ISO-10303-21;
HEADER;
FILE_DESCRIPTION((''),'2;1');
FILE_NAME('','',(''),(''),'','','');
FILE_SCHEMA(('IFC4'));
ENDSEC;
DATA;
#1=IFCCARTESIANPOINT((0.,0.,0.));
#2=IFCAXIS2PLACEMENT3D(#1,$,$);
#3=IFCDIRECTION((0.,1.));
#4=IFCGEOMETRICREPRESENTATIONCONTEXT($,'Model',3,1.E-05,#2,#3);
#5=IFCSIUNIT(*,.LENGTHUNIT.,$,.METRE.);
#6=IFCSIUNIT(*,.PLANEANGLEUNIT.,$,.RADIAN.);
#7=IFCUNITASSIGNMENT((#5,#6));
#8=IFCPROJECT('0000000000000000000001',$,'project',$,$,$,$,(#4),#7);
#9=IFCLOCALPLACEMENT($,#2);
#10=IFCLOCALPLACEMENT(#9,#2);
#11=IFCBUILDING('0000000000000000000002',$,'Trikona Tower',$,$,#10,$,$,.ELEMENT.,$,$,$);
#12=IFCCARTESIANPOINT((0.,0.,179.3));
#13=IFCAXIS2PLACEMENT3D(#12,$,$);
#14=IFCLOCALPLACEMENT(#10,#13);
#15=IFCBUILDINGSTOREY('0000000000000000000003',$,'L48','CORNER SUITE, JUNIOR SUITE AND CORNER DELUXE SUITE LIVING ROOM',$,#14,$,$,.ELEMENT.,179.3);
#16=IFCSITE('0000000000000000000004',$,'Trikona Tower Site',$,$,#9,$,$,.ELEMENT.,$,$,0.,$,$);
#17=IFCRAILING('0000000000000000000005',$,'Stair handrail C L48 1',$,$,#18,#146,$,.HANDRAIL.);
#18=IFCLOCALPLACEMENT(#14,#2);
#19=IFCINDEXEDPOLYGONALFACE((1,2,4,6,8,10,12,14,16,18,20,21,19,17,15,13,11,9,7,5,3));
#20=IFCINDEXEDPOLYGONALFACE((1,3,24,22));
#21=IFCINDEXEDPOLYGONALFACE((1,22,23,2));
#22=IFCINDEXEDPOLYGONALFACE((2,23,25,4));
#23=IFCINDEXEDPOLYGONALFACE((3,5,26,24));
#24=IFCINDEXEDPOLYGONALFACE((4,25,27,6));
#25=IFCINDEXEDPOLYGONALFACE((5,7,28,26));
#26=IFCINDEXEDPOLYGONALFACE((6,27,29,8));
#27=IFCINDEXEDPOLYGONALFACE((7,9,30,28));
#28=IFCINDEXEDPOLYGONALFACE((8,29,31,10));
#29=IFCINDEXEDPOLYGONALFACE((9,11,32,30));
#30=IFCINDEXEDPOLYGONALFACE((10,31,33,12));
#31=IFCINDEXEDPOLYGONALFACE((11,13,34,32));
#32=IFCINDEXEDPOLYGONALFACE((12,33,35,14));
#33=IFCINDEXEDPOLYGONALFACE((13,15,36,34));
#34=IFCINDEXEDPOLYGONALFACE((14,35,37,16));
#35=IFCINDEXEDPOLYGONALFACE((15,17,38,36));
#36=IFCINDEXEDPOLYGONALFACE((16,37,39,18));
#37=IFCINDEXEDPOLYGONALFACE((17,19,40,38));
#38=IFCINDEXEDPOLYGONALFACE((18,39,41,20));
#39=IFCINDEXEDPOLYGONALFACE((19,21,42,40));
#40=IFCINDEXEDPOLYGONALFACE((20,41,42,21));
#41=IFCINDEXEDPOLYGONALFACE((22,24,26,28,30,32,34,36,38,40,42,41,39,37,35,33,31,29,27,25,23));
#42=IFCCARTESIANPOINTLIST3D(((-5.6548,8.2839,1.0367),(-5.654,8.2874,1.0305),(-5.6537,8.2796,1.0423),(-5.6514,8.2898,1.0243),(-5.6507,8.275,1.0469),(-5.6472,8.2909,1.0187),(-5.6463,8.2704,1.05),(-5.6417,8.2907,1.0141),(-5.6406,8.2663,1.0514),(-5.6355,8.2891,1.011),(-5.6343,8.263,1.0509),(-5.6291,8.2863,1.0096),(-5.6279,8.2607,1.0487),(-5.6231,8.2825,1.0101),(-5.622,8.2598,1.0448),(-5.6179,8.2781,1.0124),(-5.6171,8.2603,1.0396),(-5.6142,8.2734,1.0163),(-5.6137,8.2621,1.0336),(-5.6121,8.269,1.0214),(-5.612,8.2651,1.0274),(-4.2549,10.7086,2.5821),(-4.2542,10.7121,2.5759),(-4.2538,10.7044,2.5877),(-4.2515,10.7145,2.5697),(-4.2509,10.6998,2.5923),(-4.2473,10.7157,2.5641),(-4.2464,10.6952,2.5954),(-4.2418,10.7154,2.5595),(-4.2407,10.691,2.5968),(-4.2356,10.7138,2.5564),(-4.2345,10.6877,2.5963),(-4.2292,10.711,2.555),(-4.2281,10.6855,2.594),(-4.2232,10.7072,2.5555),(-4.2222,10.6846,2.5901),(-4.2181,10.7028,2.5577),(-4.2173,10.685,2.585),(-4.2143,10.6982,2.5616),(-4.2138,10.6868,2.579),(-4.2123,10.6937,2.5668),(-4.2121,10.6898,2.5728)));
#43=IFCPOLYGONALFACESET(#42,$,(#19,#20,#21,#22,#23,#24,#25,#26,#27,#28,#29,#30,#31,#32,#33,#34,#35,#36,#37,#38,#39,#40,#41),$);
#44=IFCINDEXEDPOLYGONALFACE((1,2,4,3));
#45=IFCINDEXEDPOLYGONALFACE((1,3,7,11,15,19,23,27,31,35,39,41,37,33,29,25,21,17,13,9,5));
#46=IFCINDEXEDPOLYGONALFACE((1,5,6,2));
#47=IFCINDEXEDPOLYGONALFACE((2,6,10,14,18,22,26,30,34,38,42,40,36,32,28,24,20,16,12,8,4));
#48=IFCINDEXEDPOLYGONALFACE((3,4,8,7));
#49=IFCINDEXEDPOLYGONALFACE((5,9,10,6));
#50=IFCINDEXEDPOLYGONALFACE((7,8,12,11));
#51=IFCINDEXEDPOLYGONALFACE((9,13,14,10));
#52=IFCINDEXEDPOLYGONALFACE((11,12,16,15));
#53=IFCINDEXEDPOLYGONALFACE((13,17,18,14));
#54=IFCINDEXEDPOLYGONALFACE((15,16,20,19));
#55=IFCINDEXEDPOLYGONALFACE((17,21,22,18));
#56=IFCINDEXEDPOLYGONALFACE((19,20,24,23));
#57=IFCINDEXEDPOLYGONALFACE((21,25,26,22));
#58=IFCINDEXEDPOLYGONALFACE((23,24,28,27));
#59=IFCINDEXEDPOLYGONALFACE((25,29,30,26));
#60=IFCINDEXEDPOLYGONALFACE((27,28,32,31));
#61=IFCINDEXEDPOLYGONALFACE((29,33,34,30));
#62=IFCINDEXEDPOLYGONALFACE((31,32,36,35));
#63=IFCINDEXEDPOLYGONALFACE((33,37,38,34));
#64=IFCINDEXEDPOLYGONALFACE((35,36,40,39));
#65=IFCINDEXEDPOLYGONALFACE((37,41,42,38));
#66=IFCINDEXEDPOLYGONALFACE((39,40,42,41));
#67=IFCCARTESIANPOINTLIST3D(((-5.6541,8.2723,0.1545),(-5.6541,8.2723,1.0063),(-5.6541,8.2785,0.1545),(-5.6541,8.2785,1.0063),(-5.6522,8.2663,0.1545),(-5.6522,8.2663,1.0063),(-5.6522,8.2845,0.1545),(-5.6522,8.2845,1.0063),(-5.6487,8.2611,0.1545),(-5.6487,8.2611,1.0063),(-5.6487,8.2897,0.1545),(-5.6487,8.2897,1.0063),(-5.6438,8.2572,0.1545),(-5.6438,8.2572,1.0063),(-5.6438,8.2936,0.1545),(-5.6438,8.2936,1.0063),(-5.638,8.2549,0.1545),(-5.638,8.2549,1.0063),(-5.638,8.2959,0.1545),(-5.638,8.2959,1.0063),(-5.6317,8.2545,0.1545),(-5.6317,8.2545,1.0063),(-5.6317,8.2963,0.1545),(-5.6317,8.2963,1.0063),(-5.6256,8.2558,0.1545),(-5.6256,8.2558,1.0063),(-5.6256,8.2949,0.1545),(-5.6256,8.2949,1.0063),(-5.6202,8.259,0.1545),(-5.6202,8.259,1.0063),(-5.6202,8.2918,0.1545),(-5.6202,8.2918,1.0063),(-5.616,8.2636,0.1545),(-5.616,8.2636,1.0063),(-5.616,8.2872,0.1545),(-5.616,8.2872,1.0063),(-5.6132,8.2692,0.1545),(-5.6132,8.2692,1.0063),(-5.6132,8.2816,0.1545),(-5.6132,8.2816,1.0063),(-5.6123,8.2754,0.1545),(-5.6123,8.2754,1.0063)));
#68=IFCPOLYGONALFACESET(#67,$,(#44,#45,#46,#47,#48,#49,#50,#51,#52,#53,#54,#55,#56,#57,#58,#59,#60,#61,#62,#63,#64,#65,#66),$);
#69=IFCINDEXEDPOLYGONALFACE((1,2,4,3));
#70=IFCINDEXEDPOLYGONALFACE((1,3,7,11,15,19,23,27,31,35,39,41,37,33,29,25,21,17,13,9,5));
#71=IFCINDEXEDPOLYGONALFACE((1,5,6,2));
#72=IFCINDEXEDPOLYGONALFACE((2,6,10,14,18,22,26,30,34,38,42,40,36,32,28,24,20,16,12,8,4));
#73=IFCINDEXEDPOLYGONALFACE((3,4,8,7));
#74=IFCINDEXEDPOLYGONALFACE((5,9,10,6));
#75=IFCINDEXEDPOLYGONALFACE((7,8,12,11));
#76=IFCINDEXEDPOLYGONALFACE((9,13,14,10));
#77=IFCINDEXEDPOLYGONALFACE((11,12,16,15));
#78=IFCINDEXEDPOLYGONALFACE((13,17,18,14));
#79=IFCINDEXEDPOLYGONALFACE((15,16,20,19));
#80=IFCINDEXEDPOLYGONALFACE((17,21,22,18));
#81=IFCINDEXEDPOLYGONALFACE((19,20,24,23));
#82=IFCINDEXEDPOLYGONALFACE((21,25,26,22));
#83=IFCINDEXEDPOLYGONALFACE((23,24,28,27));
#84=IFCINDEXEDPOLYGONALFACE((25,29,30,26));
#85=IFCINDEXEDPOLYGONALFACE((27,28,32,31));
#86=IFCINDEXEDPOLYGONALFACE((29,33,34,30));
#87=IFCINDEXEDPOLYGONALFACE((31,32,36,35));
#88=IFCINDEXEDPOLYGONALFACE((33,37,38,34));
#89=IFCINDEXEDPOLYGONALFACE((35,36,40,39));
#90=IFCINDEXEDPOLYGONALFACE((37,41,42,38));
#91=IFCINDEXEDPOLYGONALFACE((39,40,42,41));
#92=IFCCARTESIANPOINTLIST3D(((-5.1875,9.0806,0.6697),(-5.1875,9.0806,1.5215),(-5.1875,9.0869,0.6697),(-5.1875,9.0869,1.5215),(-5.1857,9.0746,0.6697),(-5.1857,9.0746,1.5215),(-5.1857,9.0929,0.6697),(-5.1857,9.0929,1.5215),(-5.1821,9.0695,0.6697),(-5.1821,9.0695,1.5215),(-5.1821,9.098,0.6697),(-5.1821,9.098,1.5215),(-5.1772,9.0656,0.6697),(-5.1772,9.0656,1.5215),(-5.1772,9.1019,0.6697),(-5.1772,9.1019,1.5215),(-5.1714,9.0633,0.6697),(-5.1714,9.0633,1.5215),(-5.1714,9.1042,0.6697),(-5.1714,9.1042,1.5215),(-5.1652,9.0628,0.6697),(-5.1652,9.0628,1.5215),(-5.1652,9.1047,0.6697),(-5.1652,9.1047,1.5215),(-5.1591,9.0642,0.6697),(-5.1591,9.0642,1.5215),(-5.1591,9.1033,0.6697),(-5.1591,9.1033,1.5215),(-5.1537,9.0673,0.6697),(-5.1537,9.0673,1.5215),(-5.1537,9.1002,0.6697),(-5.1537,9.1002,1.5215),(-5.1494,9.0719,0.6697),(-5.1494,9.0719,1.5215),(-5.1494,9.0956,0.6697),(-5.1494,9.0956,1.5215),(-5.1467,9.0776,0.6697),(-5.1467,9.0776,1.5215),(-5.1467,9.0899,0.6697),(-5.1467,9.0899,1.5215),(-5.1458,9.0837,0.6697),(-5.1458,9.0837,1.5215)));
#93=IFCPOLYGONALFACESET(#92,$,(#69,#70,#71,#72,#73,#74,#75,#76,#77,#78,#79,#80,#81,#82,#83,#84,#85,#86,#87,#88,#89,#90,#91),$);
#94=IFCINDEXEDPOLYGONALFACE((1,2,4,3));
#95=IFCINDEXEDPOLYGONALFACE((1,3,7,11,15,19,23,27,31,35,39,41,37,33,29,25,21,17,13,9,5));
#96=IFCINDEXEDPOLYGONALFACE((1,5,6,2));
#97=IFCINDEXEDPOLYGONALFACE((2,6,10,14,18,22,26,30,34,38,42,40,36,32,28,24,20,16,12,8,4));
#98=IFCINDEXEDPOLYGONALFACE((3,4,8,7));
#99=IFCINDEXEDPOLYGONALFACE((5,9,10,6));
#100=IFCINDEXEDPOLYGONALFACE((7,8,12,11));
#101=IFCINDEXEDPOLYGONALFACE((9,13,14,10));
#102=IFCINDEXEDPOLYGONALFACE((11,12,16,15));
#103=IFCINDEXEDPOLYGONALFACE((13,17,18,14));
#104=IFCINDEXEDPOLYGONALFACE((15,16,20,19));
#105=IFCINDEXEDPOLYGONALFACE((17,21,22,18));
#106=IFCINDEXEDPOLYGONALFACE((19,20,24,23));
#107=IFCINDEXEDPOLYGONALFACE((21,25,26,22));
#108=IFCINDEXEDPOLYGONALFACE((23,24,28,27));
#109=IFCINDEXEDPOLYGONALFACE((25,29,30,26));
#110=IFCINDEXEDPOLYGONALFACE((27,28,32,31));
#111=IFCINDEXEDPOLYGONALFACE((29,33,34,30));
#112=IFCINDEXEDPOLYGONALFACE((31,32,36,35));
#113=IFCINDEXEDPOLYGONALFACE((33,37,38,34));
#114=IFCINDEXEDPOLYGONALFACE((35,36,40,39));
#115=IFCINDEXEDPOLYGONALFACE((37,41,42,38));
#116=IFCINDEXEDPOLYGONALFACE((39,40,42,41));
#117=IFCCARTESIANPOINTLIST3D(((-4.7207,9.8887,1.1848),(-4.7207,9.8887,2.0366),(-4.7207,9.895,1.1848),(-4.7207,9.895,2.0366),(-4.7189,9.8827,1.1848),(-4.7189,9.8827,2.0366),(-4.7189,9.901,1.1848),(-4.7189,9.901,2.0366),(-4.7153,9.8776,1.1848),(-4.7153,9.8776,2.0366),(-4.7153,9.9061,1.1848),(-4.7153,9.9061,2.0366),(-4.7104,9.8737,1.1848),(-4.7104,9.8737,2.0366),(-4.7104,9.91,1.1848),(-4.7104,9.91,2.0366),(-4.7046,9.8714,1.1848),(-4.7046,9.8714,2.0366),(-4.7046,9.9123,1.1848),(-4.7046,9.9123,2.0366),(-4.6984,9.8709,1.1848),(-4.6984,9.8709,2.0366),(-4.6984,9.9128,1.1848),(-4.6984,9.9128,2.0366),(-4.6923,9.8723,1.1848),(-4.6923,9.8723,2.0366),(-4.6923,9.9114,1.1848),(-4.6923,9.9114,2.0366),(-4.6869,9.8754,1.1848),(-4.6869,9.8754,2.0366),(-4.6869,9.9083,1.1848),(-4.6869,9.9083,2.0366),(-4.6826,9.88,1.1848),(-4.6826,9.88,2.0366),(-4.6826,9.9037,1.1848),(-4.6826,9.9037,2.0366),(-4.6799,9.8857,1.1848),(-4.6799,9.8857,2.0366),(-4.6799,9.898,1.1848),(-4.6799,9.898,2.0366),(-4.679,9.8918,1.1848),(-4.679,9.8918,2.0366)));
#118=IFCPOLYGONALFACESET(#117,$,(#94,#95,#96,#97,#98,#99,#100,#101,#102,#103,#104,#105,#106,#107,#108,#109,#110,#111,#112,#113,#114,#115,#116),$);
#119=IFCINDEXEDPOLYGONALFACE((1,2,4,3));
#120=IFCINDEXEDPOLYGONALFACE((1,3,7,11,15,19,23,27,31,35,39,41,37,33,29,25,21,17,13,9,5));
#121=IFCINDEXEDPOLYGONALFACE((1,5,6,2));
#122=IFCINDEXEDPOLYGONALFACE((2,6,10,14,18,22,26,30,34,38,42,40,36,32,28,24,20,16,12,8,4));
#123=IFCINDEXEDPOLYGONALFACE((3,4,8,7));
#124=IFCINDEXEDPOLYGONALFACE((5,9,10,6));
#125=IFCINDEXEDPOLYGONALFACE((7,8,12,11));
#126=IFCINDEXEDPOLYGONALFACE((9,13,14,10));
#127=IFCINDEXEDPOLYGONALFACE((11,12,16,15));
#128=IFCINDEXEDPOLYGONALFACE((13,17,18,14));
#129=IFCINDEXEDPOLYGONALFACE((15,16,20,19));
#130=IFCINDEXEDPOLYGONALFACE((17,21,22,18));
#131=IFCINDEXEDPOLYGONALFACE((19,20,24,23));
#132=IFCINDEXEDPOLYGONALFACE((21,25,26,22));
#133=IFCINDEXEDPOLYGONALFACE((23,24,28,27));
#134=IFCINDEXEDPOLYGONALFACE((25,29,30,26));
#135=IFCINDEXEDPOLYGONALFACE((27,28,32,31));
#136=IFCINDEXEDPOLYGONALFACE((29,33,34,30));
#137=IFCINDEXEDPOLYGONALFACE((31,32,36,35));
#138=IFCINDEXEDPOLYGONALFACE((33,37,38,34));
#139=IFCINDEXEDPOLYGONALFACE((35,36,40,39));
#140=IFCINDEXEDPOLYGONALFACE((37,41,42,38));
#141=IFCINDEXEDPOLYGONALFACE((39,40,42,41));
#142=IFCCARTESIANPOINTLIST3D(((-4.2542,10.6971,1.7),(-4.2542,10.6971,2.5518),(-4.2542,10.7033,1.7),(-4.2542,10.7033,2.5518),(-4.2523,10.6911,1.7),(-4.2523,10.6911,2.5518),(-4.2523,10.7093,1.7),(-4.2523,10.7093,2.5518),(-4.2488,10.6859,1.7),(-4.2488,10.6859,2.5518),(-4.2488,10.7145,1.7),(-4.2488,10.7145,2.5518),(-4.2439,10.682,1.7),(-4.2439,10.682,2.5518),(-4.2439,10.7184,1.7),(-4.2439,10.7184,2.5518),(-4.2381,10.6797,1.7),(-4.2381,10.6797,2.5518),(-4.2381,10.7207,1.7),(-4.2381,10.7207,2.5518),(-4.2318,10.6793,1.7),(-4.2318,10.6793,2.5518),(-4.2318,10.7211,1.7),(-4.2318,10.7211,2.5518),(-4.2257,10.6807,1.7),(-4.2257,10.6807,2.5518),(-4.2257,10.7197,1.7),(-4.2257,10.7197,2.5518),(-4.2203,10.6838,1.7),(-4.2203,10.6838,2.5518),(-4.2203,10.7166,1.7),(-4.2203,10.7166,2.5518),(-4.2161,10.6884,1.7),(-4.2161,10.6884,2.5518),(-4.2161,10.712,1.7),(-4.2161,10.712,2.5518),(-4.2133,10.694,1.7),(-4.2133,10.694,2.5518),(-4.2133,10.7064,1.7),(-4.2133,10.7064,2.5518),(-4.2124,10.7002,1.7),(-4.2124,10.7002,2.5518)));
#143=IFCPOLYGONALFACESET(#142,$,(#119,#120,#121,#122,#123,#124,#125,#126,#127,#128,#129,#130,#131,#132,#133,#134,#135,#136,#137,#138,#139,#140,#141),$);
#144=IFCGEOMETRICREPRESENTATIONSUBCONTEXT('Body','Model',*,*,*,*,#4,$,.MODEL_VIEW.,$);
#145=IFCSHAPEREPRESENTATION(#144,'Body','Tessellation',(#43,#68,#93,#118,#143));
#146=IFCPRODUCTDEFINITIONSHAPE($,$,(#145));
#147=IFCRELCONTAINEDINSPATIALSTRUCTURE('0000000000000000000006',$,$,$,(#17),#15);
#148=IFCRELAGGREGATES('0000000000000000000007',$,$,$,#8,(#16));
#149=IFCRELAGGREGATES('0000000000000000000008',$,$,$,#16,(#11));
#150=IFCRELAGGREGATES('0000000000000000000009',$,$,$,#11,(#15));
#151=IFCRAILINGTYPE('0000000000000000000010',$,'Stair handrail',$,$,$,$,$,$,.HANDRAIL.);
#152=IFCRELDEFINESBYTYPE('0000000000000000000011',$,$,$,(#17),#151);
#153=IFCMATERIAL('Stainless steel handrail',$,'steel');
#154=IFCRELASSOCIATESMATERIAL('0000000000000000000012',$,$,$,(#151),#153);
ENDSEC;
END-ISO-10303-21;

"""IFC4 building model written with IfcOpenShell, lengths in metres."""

from ifc_helpers import new_model, si_unit, direction, frame, origin, origin_2d, place, context, subcontext, project, spatial, circle, extrude, material, type_object, element, save


model = new_model("IFC4")

# Units and contexts
model_context = context("Model", 3, precision=1e-05, world=origin(), true_north=direction((0.0, 1.0)))
body_context = subcontext(model_context, "Body", "Model", "MODEL_VIEW")
ifc_project = project(units=[si_unit("LENGTHUNIT", "METRE"), si_unit("PLANEANGLEUNIT", "RADIAN")], contexts=[model_context])

# Site, building, storey
site_placement = place(None, origin())
site = spatial("IfcSite", under=ifc_project, at=site_placement, Name="Trikona Tower Site", CompositionType="ELEMENT", RefElevation=0.0)
building_placement = place(site_placement, origin())
building = spatial("IfcBuilding", under=site, at=building_placement, Name="Trikona Tower", CompositionType="ELEMENT")
storey_placement = place(building_placement, frame((0.0, 0.0, 179.3)))
storey = spatial("IfcBuildingStorey", under=building, at=storey_placement, Name="L48", Description="CORNER SUITE, JUNIOR SUITE AND CORNER DELUXE SUITE LIVING ROOM", CompositionType="ELEMENT", Elevation=179.3)

# Railing
ifc_material_1 = material(Name="Stainless steel handrail", Category="steel")
railing_type = type_object("IfcRailingType", Name="Stair handrail", PredefinedType="HANDRAIL", material=ifc_material_1)
railing_1_placement = place(storey_placement, frame((-5.6333, 8.2754, 0.1545)))
element("IfcRailing", 1, at=railing_1_placement, inside=storey, type_object=railing_type, Name="Stair handrail C L48 1", PredefinedType="HANDRAIL", context=body_context, shape_type="SweptSolid", body=[
    extrude(circle(Radius=0.0239, at=origin_2d()), frame((0.0, 0.0, 0.876), z_axis=(0.437733, 0.758207, 0.483231), x_axis=(-0.866035, 0.499984, 0.0)), (0.0, 0.0, 1.0), 3.198),
    extrude(circle(Radius=0.021, at=origin_2d()), origin(), (0.0, 0.0, 1.0), 0.8518),
    extrude(circle(Radius=0.021, at=origin_2d()), frame((0.4666, 0.8083, 0.5151)), (0.0, 0.0, 1.0), 0.8518),
    extrude(circle(Radius=0.021, at=origin_2d()), frame((0.9333, 1.6165, 1.0303)), (0.0, 0.0, 1.0), 0.8518),
    extrude(circle(Radius=0.021, at=origin_2d()), frame((1.3999, 2.4248, 1.5454)), (0.0, 0.0, 1.0), 0.8518),
])

save(model, "model.ifc")
